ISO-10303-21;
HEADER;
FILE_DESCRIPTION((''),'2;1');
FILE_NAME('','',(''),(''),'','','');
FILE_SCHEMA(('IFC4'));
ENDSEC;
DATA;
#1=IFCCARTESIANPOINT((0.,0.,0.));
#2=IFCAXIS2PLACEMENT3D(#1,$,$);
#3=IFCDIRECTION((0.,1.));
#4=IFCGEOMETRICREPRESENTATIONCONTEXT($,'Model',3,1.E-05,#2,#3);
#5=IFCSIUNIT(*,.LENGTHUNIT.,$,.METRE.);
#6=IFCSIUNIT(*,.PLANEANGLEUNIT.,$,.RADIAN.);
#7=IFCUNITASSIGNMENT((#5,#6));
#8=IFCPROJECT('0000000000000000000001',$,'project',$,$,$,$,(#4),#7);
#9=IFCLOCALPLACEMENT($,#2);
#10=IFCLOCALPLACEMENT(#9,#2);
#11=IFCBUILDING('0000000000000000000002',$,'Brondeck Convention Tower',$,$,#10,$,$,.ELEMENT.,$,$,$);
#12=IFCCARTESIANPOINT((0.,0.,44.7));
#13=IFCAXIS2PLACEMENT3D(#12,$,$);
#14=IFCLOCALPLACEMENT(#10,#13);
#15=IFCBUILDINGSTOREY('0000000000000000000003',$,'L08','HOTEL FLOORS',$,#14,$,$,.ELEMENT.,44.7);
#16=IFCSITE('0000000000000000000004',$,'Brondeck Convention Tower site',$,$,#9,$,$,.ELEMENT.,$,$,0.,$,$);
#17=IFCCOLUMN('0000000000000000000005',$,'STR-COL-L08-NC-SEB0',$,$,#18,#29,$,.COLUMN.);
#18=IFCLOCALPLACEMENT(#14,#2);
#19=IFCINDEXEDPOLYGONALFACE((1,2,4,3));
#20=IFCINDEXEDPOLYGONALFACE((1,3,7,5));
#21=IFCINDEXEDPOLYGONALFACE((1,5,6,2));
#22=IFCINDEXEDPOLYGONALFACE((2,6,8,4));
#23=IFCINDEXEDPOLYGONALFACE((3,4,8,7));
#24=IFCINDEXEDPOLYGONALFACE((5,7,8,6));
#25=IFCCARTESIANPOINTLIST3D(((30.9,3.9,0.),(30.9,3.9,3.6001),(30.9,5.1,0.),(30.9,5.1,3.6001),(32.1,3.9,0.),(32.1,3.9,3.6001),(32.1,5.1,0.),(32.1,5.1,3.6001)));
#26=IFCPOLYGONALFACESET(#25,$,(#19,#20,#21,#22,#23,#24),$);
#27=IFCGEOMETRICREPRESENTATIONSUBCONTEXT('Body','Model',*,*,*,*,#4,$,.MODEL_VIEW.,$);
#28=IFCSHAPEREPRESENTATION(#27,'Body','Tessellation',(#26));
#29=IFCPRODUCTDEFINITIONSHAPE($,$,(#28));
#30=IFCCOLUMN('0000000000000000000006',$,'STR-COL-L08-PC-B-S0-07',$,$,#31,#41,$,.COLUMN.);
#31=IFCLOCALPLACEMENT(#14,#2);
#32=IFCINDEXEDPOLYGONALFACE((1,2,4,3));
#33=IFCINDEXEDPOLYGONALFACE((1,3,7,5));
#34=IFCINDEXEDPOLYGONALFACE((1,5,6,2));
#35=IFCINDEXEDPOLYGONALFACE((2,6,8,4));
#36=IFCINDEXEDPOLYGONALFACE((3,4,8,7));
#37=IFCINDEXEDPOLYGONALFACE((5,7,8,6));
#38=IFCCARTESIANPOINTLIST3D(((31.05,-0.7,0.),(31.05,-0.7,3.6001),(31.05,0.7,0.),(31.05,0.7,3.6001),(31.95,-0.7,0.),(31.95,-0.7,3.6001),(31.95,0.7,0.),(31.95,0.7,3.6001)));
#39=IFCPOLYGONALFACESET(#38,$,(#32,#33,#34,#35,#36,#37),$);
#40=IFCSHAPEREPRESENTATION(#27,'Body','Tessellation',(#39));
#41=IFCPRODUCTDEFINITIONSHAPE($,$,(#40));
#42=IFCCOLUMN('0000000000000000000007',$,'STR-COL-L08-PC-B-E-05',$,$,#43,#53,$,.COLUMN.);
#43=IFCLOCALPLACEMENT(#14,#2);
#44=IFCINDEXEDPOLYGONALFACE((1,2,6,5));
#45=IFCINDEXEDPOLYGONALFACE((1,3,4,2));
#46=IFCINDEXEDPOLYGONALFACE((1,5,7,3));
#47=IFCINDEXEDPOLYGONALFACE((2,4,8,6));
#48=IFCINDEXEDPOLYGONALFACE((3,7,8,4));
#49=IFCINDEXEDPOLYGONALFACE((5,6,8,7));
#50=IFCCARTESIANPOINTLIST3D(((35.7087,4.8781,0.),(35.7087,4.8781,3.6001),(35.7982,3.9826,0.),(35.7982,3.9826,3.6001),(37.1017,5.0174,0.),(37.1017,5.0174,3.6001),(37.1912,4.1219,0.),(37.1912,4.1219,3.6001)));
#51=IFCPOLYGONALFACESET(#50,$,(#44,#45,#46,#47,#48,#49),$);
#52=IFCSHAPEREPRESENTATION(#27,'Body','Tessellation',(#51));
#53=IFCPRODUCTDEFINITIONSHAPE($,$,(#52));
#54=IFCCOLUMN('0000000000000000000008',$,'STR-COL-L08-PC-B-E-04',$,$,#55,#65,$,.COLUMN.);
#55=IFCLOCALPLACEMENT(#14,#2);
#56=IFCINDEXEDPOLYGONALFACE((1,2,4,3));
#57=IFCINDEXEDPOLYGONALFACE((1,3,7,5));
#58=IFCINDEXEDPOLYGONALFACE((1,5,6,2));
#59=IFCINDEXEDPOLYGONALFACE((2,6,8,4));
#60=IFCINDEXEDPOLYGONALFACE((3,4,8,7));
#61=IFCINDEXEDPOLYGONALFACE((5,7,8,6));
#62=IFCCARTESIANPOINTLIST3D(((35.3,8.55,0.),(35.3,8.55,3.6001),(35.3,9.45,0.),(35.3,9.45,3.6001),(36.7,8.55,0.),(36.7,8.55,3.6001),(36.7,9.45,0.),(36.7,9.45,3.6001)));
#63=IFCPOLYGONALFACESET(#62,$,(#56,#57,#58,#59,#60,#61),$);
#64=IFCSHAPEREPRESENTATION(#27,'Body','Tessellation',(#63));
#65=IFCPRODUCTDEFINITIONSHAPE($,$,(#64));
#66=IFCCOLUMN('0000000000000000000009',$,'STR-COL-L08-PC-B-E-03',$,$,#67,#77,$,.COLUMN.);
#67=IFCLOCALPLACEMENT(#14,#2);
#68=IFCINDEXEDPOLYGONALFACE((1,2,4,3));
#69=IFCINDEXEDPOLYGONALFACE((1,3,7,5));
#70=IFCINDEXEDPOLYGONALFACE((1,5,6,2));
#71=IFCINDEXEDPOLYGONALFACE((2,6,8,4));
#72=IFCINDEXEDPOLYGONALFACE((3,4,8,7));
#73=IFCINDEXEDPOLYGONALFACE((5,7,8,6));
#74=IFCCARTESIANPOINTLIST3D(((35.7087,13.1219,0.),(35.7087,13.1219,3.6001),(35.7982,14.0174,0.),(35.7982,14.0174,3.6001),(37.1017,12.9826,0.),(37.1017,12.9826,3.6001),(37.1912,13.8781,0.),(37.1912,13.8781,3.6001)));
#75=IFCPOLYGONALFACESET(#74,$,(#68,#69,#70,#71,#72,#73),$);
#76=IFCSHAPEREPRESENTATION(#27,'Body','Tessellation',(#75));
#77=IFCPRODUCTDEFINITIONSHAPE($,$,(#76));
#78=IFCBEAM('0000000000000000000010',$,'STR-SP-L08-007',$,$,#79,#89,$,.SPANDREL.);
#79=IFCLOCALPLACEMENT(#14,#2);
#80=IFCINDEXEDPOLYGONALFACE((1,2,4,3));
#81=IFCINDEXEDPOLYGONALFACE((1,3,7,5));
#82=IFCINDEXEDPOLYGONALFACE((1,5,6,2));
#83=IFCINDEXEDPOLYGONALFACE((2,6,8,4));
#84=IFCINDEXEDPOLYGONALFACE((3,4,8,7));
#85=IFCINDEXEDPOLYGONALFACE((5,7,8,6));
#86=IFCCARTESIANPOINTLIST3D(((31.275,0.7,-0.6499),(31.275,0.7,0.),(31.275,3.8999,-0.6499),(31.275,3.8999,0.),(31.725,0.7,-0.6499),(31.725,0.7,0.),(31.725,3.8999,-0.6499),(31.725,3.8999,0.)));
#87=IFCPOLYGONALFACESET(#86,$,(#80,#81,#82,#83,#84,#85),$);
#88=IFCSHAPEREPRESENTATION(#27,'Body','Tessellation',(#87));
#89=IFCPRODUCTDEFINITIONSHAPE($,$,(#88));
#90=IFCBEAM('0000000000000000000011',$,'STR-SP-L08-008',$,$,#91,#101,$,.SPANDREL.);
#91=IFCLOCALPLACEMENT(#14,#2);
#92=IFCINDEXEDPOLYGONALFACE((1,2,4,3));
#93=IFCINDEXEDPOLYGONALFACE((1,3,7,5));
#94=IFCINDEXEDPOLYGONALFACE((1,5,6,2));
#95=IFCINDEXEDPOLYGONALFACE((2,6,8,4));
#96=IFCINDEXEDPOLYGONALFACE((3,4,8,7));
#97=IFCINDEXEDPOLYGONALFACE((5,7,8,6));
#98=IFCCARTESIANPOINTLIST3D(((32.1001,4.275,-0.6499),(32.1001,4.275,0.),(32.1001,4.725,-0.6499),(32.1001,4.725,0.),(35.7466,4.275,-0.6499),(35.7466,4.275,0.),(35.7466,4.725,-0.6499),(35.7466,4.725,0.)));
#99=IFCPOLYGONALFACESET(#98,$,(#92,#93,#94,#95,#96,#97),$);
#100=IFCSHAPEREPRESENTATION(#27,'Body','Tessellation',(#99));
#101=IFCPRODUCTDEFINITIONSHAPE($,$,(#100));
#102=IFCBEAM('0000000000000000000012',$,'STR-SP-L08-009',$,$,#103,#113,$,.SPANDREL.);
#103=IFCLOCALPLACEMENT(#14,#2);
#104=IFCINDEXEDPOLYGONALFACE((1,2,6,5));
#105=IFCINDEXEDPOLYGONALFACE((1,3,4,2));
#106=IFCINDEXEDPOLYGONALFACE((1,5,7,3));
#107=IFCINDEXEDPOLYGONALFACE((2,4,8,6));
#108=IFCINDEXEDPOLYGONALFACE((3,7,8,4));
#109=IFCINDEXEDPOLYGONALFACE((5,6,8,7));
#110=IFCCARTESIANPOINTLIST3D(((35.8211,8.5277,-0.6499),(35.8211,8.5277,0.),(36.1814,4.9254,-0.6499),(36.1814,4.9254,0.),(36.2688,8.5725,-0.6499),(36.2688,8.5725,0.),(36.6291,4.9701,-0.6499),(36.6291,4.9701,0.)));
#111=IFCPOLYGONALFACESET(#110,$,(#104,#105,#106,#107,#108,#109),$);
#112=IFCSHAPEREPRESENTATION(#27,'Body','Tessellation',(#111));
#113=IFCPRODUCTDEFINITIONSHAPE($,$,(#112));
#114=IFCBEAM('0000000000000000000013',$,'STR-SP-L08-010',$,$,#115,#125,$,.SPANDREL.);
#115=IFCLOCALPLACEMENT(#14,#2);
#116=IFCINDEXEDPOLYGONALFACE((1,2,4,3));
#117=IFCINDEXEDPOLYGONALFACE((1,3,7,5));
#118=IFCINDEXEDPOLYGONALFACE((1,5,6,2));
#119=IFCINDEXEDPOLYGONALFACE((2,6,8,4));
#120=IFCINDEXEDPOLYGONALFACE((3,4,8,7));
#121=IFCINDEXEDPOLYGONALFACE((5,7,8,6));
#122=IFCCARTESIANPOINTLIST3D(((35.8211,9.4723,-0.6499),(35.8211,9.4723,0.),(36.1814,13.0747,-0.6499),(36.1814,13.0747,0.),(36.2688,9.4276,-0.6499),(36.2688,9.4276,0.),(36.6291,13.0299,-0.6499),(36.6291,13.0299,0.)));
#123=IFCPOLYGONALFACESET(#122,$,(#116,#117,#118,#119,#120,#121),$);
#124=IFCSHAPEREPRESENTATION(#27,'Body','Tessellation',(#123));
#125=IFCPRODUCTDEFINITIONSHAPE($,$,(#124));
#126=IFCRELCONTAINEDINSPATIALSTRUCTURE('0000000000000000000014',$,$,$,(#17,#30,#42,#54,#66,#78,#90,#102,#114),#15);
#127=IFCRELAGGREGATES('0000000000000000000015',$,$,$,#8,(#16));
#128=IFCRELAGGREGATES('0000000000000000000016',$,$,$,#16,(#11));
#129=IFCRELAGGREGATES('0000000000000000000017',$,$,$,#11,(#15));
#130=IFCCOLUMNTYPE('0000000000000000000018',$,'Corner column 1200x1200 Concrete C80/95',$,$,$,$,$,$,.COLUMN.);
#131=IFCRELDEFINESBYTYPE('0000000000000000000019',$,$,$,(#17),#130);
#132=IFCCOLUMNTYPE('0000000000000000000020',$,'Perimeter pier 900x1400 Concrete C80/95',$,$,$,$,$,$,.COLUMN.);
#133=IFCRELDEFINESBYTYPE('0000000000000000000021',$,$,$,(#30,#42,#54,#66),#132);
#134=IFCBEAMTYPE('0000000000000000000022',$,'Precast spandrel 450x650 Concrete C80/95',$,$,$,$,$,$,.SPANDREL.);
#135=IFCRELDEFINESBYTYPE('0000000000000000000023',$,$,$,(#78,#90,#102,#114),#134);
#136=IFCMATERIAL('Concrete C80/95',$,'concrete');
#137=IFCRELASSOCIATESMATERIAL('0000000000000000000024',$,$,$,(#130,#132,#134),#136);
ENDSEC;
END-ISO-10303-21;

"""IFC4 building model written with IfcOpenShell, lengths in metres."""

from ifc_helpers import new_model, si_unit, direction, frame, origin, origin_2d, place, context, subcontext, project, spatial, rectangle, extrude, material, material_profile, profile_set, type_object, element, save


model = new_model("IFC4")

# Units and contexts
model_context = context("Model", 3, precision=1e-05, world=origin(), true_north=direction((0.0, 1.0)))
body_context = subcontext(model_context, "Body", "Model", "MODEL_VIEW")
ifc_project = project(units=[si_unit("LENGTHUNIT", "METRE"), si_unit("PLANEANGLEUNIT", "RADIAN")], contexts=[model_context])

# Site, building, storey
site_placement = place(None, origin())
site = spatial("IfcSite", under=ifc_project, at=site_placement, Name="Brondeck Convention Tower site", CompositionType="ELEMENT", RefElevation=0.0)
building_placement = place(site_placement, origin())
building = spatial("IfcBuilding", under=site, at=building_placement, Name="Brondeck Convention Tower", CompositionType="ELEMENT")
storey_placement = place(building_placement, frame((0.0, 0.0, 44.7)))
storey = spatial("IfcBuildingStorey", under=building, at=storey_placement, Name="L08", Description="HOTEL FLOORS", CompositionType="ELEMENT", Elevation=44.7)

# Columns
ifc_material_1 = material(Name="Concrete C80/95", Category="concrete")
ifc_material_profile_1 = material_profile(ifc_material_1, rectangle(XDim=1.2, YDim=1.2, at=origin_2d()), Name="Corner column 1200x1200 Concrete C80/95")
ifc_profile_set_1 = profile_set([ifc_material_profile_1], Name="Concrete C80/95")
column_type_1 = type_object("IfcColumnType", Name="Corner column 1200x1200 Concrete C80/95", PredefinedType="COLUMN", material=ifc_profile_set_1)
column_placement = place(storey_placement, frame((31.5, 4.5, 0.0), z_axis=(0.0, 0.0, 1.0), x_axis=(1.0, 0.0, 0.0)))
element("IfcColumn", 1, at=column_placement, inside=storey, type_object=column_type_1, Name="STR-COL-L08-NC-SEB0", PredefinedType="COLUMN", context=body_context, shape_type="SweptSolid", body=[
    extrude(rectangle(XDim=1.2, YDim=1.2, at=origin_2d()), origin(), (0.0, 0.0, 1.0), 3.6001),
])
ifc_material_profile_2 = material_profile(ifc_material_1, rectangle(XDim=0.8999, YDim=1.3999, at=origin_2d()), Name="Perimeter pier 900x1400 Concrete C80/95")
ifc_profile_set_2 = profile_set([ifc_material_profile_2], Name="Concrete C80/95")
column_type_2 = type_object("IfcColumnType", Name="Perimeter pier 900x1400 Concrete C80/95", PredefinedType="COLUMN", material=ifc_profile_set_2)
for number, where, z_axis, x_axis, name in (
    (2, (31.5, 0.0, 0.0), (0.0, 0.0, 1.0), (1.0, 0.0, 0.0), "STR-COL-L08-PC-B-S0-07"),
    (3, (36.45, 4.5, 0.0), (0.0, 0.0, 1.0), (-0.099504, 0.995037, 0.0), "STR-COL-L08-PC-B-E-05"),
    (4, (36.0, 9.0, 0.0), (0.0, 0.0, 1.0), (0.0, 1.0, 0.0), "STR-COL-L08-PC-B-E-04"),
    (5, (36.45, 13.5, 0.0), (0.0, 0.0, 1.0), (0.099504, 0.995037, 0.0), "STR-COL-L08-PC-B-E-03"),
):
    element("IfcColumn", number, at=place(storey_placement, frame(where, z_axis=z_axis, x_axis=x_axis)), inside=storey, type_object=column_type_2, Name=name, PredefinedType="COLUMN", context=body_context, shape_type="SweptSolid", body=[
        extrude(rectangle(XDim=0.8999, YDim=1.3999, at=origin_2d()), origin(), (0.0, 0.0, 1.0), 3.6001),
    ])

# Beams
ifc_material_profile_3 = material_profile(ifc_material_1, rectangle(XDim=0.45, YDim=0.6499, at=origin_2d()), Name="Precast spandrel 450x650 Concrete C80/95")
ifc_profile_set_3 = profile_set([ifc_material_profile_3], Name="Concrete C80/95")
beam_type = type_object("IfcBeamType", Name="Precast spandrel 450x650 Concrete C80/95", PredefinedType="SPANDREL", material=ifc_profile_set_3)
beam_1_placement = place(storey_placement, frame((31.5, 0.7, -0.325), z_axis=(0.0, 1.0, 0.0), x_axis=(-1.0, 0.0, 0.0)))
element("IfcBeam", 6, at=beam_1_placement, inside=storey, type_object=beam_type, Name="STR-SP-L08-007", PredefinedType="SPANDREL", context=body_context, shape_type="SweptSolid", body=[
    extrude(rectangle(XDim=0.45, YDim=0.6499, at=origin_2d()), origin(), (0.0, 0.0, 1.0), 3.2),
])
beam_2_placement = place(storey_placement, frame((32.1001, 4.5, -0.325), z_axis=(1.0, 0.0, 0.0), x_axis=(0.0, 1.0, 0.0)))
element("IfcBeam", 7, at=beam_2_placement, inside=storey, type_object=beam_type, Name="STR-SP-L08-008", PredefinedType="SPANDREL", context=body_context, shape_type="SweptSolid", body=[
    extrude(rectangle(XDim=0.45, YDim=0.6499, at=origin_2d()), origin(), (0.0, 0.0, 1.0), 3.6465),
])
for number, where, z_axis, x_axis, name in (
    (8, (36.4053, 4.9478, -0.325), (-0.099537, 0.995034, 0.0), (-0.995034, -0.099537, 0.0), "STR-SP-L08-009"),
    (9, (36.0449, 9.45, -0.325), (0.099537, 0.995034, 0.0), (-0.995034, 0.099537, 0.0), "STR-SP-L08-010"),
):
    element("IfcBeam", number, at=place(storey_placement, frame(where, z_axis=z_axis, x_axis=x_axis)), inside=storey, type_object=beam_type, Name=name, PredefinedType="SPANDREL", context=body_context, shape_type="SweptSolid", body=[
        extrude(rectangle(XDim=0.45, YDim=0.6499, at=origin_2d()), origin(), (0.0, 0.0, 1.0), 3.6204),
    ])

save(model, "model.ifc")
